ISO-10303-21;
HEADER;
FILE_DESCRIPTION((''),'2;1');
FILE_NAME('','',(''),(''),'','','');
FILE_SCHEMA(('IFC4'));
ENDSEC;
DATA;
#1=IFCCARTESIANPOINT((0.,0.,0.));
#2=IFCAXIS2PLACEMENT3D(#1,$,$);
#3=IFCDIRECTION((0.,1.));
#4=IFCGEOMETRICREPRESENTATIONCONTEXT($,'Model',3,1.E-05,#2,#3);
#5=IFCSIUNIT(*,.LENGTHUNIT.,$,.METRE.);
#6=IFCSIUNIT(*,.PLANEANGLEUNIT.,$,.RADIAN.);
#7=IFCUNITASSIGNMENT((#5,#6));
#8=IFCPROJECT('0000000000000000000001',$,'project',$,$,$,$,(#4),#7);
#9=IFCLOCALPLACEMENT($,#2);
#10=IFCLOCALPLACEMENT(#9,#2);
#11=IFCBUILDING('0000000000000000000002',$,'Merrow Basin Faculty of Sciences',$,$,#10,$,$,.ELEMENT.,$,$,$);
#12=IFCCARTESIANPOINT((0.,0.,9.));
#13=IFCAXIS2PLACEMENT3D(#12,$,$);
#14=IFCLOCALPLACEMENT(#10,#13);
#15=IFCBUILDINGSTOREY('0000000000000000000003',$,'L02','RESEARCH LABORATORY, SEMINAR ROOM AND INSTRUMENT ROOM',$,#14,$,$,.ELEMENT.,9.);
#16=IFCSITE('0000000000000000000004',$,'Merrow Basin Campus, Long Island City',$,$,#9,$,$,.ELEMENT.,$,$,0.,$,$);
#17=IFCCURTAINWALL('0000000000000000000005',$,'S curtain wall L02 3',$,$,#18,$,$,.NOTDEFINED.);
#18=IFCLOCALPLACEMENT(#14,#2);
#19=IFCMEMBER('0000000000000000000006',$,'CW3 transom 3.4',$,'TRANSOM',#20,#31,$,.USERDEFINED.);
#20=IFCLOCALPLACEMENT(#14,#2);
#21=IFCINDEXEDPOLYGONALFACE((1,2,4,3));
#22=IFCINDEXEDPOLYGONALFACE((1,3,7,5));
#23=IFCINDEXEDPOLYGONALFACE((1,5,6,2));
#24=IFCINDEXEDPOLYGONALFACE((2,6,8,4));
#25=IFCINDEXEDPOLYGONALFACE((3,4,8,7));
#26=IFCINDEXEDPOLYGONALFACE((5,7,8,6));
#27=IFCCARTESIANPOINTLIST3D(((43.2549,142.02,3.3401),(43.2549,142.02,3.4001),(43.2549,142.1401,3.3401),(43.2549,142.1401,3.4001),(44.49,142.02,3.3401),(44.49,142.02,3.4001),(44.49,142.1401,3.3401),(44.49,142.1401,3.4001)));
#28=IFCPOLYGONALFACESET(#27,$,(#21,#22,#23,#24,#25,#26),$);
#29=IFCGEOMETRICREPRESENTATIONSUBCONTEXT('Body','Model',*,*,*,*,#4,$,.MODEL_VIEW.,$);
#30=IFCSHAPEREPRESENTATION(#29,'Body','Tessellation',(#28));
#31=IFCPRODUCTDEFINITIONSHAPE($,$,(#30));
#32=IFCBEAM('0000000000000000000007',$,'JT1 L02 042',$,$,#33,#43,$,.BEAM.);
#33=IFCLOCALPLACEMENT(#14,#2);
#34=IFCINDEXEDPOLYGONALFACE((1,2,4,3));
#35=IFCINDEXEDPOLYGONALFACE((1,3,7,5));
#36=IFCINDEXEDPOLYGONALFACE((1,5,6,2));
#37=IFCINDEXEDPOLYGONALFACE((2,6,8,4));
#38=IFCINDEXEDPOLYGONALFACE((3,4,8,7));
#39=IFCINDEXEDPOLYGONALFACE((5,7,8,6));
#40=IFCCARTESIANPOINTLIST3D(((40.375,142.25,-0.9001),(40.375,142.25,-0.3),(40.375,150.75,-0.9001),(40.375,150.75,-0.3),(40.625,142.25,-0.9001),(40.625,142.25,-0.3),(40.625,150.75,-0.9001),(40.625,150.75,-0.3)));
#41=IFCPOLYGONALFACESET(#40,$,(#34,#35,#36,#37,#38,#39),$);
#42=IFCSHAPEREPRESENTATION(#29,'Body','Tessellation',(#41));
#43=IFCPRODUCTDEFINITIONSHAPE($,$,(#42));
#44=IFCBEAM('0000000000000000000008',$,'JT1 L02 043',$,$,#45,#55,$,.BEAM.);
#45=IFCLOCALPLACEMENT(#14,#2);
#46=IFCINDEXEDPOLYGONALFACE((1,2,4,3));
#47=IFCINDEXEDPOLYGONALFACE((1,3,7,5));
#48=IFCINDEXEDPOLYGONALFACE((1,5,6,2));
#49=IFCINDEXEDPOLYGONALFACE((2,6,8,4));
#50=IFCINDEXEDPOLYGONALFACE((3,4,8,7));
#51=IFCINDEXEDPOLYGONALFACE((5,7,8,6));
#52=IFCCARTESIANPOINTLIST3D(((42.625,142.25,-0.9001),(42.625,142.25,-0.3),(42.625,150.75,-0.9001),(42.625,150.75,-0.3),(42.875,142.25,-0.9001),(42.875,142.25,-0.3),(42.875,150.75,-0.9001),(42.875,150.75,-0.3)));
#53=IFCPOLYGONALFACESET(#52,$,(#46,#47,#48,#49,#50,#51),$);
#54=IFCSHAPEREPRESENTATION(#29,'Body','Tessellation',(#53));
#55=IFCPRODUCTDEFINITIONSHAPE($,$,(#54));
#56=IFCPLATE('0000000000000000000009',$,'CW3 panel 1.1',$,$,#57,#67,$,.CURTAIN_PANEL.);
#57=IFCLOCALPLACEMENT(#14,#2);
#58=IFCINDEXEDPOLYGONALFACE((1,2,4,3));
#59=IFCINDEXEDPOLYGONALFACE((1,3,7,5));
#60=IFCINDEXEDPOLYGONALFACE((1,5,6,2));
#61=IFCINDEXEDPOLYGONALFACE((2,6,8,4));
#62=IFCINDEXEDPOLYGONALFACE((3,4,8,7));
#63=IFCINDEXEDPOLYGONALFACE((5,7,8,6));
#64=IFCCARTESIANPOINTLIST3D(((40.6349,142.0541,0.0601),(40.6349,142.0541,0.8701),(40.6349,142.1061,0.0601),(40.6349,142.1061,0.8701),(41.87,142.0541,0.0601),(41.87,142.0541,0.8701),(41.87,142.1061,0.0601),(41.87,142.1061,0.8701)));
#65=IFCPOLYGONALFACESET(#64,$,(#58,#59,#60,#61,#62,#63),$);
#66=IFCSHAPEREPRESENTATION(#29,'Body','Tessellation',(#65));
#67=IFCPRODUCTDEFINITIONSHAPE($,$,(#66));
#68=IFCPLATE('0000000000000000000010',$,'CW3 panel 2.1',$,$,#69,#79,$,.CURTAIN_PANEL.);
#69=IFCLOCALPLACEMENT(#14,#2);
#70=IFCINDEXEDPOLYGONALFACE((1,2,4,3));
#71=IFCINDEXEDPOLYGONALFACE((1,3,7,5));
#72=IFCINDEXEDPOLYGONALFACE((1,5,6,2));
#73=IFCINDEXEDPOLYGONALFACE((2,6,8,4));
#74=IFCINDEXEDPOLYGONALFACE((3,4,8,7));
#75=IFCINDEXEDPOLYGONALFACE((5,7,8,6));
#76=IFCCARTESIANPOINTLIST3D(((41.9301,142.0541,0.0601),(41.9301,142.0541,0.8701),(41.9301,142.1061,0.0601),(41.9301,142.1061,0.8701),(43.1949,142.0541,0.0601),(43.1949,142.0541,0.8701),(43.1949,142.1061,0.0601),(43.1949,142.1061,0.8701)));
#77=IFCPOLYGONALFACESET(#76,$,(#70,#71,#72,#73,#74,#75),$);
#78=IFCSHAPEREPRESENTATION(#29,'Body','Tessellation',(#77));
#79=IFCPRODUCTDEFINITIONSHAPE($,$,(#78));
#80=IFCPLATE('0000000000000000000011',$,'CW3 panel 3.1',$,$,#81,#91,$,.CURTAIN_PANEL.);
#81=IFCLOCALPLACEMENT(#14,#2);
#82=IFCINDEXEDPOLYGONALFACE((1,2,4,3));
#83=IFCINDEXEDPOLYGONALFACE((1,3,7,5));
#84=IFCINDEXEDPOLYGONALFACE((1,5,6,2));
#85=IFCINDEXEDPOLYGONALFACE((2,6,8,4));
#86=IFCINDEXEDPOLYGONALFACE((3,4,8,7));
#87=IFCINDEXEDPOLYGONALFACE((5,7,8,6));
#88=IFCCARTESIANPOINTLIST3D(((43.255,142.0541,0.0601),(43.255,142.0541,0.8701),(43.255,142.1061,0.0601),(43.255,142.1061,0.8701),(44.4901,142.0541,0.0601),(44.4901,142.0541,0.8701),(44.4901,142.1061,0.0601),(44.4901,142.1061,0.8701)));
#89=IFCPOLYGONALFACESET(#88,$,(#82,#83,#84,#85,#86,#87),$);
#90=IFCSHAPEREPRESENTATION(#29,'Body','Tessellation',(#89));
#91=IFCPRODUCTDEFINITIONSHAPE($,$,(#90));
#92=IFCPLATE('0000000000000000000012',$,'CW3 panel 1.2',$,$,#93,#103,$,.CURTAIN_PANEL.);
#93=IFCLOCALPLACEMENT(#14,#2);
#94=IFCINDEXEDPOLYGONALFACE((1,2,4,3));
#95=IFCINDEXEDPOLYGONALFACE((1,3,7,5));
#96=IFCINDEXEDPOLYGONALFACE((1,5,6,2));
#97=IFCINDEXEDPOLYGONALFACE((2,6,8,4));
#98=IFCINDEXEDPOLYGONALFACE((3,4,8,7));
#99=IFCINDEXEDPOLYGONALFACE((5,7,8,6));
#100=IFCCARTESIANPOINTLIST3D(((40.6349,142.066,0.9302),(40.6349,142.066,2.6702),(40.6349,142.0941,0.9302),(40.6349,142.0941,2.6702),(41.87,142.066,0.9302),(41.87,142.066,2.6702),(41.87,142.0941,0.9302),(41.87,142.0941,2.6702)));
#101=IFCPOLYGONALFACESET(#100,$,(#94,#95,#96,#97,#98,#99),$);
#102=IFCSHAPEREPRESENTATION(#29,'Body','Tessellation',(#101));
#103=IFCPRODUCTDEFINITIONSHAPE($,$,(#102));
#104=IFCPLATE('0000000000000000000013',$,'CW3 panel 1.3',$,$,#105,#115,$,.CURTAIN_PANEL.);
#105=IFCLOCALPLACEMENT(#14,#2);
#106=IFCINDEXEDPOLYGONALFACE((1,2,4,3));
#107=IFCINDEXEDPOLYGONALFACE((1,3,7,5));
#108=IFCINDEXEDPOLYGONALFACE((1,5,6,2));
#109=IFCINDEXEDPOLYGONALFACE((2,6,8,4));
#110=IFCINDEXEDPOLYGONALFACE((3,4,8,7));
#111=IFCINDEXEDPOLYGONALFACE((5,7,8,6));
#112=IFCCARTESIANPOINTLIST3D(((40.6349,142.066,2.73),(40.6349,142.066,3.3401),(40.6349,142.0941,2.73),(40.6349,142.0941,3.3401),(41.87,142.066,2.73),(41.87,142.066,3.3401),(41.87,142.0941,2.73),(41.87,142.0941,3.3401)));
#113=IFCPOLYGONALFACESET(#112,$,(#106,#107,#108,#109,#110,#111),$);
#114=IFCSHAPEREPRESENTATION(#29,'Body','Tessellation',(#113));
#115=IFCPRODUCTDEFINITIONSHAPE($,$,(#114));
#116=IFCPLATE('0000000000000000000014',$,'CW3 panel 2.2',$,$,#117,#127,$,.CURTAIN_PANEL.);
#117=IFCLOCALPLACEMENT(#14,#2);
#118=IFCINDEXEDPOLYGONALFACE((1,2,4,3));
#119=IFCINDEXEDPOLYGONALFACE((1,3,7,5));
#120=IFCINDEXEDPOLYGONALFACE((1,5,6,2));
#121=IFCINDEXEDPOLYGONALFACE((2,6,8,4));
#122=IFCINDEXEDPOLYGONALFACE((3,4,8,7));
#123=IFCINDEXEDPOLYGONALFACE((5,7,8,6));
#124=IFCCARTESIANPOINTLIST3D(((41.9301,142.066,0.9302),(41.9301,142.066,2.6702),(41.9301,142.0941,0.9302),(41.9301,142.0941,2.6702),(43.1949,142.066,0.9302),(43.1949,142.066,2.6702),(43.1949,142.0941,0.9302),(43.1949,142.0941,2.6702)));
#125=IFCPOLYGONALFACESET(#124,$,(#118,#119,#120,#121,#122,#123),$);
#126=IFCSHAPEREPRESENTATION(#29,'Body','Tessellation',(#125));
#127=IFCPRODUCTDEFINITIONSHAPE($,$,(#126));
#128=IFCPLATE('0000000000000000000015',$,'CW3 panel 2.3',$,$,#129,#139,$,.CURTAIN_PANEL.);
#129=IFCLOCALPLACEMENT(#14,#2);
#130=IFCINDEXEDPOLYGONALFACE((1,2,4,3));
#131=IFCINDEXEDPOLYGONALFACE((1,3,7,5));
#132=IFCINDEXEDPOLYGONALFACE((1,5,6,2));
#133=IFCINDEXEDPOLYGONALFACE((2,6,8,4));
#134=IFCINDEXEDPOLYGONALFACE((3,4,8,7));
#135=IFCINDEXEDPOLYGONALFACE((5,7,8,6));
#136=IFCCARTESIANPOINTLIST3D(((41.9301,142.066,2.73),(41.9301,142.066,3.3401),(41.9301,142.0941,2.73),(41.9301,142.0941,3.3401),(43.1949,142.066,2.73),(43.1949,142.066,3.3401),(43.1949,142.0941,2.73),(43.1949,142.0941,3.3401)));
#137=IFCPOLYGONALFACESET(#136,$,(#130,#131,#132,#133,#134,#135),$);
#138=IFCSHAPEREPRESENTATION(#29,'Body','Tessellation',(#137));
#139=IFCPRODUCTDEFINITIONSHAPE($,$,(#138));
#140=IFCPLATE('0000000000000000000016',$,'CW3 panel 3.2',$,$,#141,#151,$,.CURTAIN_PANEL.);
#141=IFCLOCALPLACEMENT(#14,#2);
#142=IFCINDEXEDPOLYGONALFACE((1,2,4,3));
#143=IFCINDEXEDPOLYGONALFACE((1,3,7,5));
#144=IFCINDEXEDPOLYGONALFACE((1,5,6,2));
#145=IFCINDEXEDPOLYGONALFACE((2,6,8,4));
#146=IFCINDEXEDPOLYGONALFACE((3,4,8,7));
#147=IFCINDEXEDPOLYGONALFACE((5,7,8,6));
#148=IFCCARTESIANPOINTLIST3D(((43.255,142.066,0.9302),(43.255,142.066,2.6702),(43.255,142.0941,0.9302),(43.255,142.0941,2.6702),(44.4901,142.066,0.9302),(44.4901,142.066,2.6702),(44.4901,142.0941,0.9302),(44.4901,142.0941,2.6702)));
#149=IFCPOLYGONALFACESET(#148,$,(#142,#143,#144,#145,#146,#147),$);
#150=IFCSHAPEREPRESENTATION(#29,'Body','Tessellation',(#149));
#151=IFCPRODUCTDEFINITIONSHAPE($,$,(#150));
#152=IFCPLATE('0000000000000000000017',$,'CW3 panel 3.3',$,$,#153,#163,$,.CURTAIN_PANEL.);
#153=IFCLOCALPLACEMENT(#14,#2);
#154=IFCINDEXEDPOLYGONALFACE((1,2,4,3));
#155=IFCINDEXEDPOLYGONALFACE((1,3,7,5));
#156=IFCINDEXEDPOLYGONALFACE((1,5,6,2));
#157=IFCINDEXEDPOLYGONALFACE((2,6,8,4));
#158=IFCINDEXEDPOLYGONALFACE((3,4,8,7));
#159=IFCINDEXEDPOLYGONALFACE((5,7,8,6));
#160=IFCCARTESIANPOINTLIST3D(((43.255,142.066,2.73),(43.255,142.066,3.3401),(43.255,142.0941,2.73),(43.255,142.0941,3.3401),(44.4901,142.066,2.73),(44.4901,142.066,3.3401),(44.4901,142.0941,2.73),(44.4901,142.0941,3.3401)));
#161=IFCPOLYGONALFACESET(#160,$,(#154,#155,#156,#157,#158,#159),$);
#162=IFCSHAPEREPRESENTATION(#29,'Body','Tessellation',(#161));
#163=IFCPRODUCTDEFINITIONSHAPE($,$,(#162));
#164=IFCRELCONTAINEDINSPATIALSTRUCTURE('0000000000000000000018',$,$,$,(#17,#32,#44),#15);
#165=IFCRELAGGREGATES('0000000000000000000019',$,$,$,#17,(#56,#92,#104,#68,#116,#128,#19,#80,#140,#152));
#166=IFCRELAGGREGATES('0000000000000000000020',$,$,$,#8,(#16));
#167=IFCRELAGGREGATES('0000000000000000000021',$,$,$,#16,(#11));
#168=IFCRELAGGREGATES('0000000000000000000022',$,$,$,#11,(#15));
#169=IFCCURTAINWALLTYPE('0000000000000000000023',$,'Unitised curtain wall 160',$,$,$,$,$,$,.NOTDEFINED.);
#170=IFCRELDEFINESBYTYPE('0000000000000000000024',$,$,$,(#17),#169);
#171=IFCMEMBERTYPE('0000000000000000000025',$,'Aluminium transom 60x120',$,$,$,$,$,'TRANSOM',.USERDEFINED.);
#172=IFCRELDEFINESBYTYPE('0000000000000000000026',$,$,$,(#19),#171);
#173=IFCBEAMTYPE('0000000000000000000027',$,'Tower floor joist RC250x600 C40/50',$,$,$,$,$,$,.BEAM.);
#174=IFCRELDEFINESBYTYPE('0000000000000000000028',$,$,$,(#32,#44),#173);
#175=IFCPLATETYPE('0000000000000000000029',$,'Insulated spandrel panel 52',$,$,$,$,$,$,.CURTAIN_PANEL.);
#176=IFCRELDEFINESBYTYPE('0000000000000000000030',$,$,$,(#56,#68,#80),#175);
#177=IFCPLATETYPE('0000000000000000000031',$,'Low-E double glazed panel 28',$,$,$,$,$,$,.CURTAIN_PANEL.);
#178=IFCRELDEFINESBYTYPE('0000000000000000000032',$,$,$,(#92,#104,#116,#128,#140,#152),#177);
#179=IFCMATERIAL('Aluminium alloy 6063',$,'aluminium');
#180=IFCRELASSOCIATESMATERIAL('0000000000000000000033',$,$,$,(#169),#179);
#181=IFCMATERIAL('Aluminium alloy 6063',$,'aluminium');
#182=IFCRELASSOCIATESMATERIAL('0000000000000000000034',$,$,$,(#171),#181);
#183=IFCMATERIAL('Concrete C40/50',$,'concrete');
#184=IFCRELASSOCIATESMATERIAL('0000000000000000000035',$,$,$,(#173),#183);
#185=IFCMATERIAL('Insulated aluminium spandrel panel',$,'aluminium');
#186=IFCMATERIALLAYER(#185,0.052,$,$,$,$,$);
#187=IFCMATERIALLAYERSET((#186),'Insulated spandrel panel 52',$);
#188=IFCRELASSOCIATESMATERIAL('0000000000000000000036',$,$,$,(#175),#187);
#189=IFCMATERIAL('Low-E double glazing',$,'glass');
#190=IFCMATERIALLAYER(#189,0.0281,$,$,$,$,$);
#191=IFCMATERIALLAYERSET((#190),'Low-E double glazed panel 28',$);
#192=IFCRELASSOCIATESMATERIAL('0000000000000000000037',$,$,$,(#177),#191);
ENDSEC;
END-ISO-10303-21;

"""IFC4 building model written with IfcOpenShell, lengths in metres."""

from ifc_helpers import new_model, si_unit, direction, frame, origin, origin_2d, place, context, subcontext, project, spatial, rectangle, extrude, material, layer, layer_set, material_profile, profile_set, type_object, element, aggregate, save


model = new_model("IFC4")

# Units and contexts
model_context = context("Model", 3, precision=1e-05, world=origin(), true_north=direction((0.0, 1.0)))
body_context = subcontext(model_context, "Body", "Model", "MODEL_VIEW")
ifc_project = project(units=[si_unit("LENGTHUNIT", "METRE"), si_unit("PLANEANGLEUNIT", "RADIAN")], contexts=[model_context])

# Site, building, storey
site_placement = place(None, origin())
site = spatial("IfcSite", under=ifc_project, at=site_placement, Name="Merrow Basin Campus, Long Island City", CompositionType="ELEMENT", RefElevation=0.0)
building_placement = place(site_placement, origin())
building = spatial("IfcBuilding", under=site, at=building_placement, Name="Merrow Basin Faculty of Sciences", CompositionType="ELEMENT")
storey_placement = place(building_placement, frame((0.0, 0.0, 9.0)))
storey = spatial("IfcBuildingStorey", under=building, at=storey_placement, Name="L02", Description="RESEARCH LABORATORY, SEMINAR ROOM AND INSTRUMENT ROOM", CompositionType="ELEMENT", Elevation=9.0)

# Curtain wall, member
ifc_material_1 = material(Name="Aluminium alloy 6063", Category="aluminium")
curtain_wall_type = type_object("IfcCurtainWallType", Name="Unitised curtain wall 160", PredefinedType="NOTDEFINED", material=ifc_material_1)
curtain_wall_placement = place(storey_placement, origin())
curtain_wall = element("IfcCurtainWall", 1, at=curtain_wall_placement, inside=storey, type_object=curtain_wall_type, Name="S curtain wall L02 3", PredefinedType="NOTDEFINED")
ifc_material_2 = material(Name="Aluminium alloy 6063", Category="aluminium")
ifc_material_profile_1 = material_profile(ifc_material_2, rectangle(XDim=0.1201, YDim=0.0601, at=origin_2d()))
ifc_profile_set_1 = profile_set([ifc_material_profile_1], Name="Aluminium alloy 6063")
member_type_1 = type_object("IfcMemberType", Name="Aluminium transom 60x120", ElementType="TRANSOM", PredefinedType="USERDEFINED", material=ifc_profile_set_1)
member_1_placement = place(storey_placement, frame((43.2549, 142.0801, 3.3701), z_axis=(1.0, 0.0, 0.0), x_axis=(0.0, 1.0, 0.0)))
member_1 = element("IfcMember", 2, at=member_1_placement, type_object=member_type_1, Name="CW3 transom 3.4", ObjectType="TRANSOM", PredefinedType="USERDEFINED", context=body_context, shape_type="SweptSolid", body=[
    extrude(rectangle(XDim=0.1201, YDim=0.0601, at=origin_2d()), origin(), (0.0, 0.0, 1.0), 1.2351),
])

# Beams
ifc_material_3 = material(Name="Concrete C40/50", Category="concrete")
ifc_material_profile_2 = material_profile(ifc_material_3, rectangle(XDim=0.25, YDim=0.6001, at=origin_2d()))
ifc_profile_set_2 = profile_set([ifc_material_profile_2], Name="Concrete C40/50")
beam_type = type_object("IfcBeamType", Name="Tower floor joist RC250x600 C40/50", PredefinedType="BEAM", material=ifc_profile_set_2)
for number, where, z_axis, x_axis, name in (
    (3, (40.5, 142.25, -0.6001), (0.0, 1.0, 0.0), (-1.0, 0.0, 0.0), "JT1 L02 042"),
    (4, (42.75, 142.25, -0.6001), (0.0, 1.0, 0.0), (-1.0, 0.0, 0.0), "JT1 L02 043"),
):
    element("IfcBeam", number, at=place(storey_placement, frame(where, z_axis=z_axis, x_axis=x_axis)), inside=storey, type_object=beam_type, Name=name, PredefinedType="BEAM", context=body_context, shape_type="SweptSolid", body=[
        extrude(rectangle(XDim=0.25, YDim=0.6001, at=origin_2d()), origin(), (0.0, 0.0, 1.0), 8.5),
    ])

# Plates
ifc_material_4 = material(Name="Insulated aluminium spandrel panel", Category="aluminium")
ifc_layer_1 = layer(ifc_material_4, 0.052)
ifc_layer_set_1 = layer_set([ifc_layer_1], Name="Insulated spandrel panel 52")
plate_type_1 = type_object("IfcPlateType", Name="Insulated spandrel panel 52", PredefinedType="CURTAIN_PANEL", material=ifc_layer_set_1)
plate_1_placement = place(storey_placement, frame((41.2524, 142.0801, 0.0601), z_axis=(0.0, 0.0, 1.0), x_axis=(1.0, 0.0, 0.0)))
plate_1 = element("IfcPlate", 5, at=plate_1_placement, type_object=plate_type_1, Name="CW3 panel 1.1", PredefinedType="CURTAIN_PANEL", context=body_context, shape_type="SweptSolid", body=[
    extrude(rectangle(XDim=1.2351, YDim=0.052, at=origin_2d()), origin(), (0.0, 0.0, 1.0), 0.8101),
])
plate_2_placement = place(storey_placement, frame((42.5625, 142.0801, 0.0601), z_axis=(0.0, 0.0, 1.0), x_axis=(1.0, 0.0, 0.0)))
plate_2 = element("IfcPlate", 6, at=plate_2_placement, type_object=plate_type_1, Name="CW3 panel 2.1", PredefinedType="CURTAIN_PANEL", context=body_context, shape_type="SweptSolid", body=[
    extrude(rectangle(XDim=1.2649, YDim=0.052, at=origin_2d()), origin(), (0.0, 0.0, 1.0), 0.8101),
])
plate_3_placement = place(storey_placement, frame((43.8726, 142.0801, 0.0601), z_axis=(0.0, 0.0, 1.0), x_axis=(1.0, 0.0, 0.0)))
plate_3 = element("IfcPlate", 7, at=plate_3_placement, type_object=plate_type_1, Name="CW3 panel 3.1", PredefinedType="CURTAIN_PANEL", context=body_context, shape_type="SweptSolid", body=[
    extrude(rectangle(XDim=1.2351, YDim=0.052, at=origin_2d()), origin(), (0.0, 0.0, 1.0), 0.8101),
])
ifc_material_5 = material(Name="Low-E double glazing", Category="glass")
ifc_layer_2 = layer(ifc_material_5, 0.0281)
ifc_layer_set_2 = layer_set([ifc_layer_2], Name="Low-E double glazed panel 28")
plate_type_2 = type_object("IfcPlateType", Name="Low-E double glazed panel 28", PredefinedType="CURTAIN_PANEL", material=ifc_layer_set_2)
plate_4_placement = place(storey_placement, frame((41.2524, 142.0801, 0.9302), z_axis=(0.0, 0.0, 1.0), x_axis=(1.0, 0.0, 0.0)))
plate_4 = element("IfcPlate", 8, at=plate_4_placement, type_object=plate_type_2, Name="CW3 panel 1.2", PredefinedType="CURTAIN_PANEL", context=body_context, shape_type="SweptSolid", body=[
    extrude(rectangle(XDim=1.2351, YDim=0.0281, at=origin_2d()), origin(), (0.0, 0.0, 1.0), 1.74),
])
plate_5_placement = place(storey_placement, frame((41.2524, 142.0801, 2.73), z_axis=(0.0, 0.0, 1.0), x_axis=(1.0, 0.0, 0.0)))
plate_5 = element("IfcPlate", 9, at=plate_5_placement, type_object=plate_type_2, Name="CW3 panel 1.3", PredefinedType="CURTAIN_PANEL", context=body_context, shape_type="SweptSolid", body=[
    extrude(rectangle(XDim=1.2351, YDim=0.0281, at=origin_2d()), origin(), (0.0, 0.0, 1.0), 0.6101),
])
plate_6_placement = place(storey_placement, frame((42.5625, 142.0801, 0.9302), z_axis=(0.0, 0.0, 1.0), x_axis=(1.0, 0.0, 0.0)))
plate_6 = element("IfcPlate", 10, at=plate_6_placement, type_object=plate_type_2, Name="CW3 panel 2.2", PredefinedType="CURTAIN_PANEL", context=body_context, shape_type="SweptSolid", body=[
    extrude(rectangle(XDim=1.2649, YDim=0.0281, at=origin_2d()), origin(), (0.0, 0.0, 1.0), 1.74),
])
plate_7_placement = place(storey_placement, frame((42.5625, 142.0801, 2.73), z_axis=(0.0, 0.0, 1.0), x_axis=(1.0, 0.0, 0.0)))
plate_7 = element("IfcPlate", 11, at=plate_7_placement, type_object=plate_type_2, Name="CW3 panel 2.3", PredefinedType="CURTAIN_PANEL", context=body_context, shape_type="SweptSolid", body=[
    extrude(rectangle(XDim=1.2649, YDim=0.0281, at=origin_2d()), origin(), (0.0, 0.0, 1.0), 0.6101),
])
plate_8_placement = place(storey_placement, frame((43.8726, 142.0801, 0.9302), z_axis=(0.0, 0.0, 1.0), x_axis=(1.0, 0.0, 0.0)))
plate_8 = element("IfcPlate", 12, at=plate_8_placement, type_object=plate_type_2, Name="CW3 panel 3.2", PredefinedType="CURTAIN_PANEL", context=body_context, shape_type="SweptSolid", body=[
    extrude(rectangle(XDim=1.2351, YDim=0.0281, at=origin_2d()), origin(), (0.0, 0.0, 1.0), 1.74),
])
plate_9_placement = place(storey_placement, frame((43.8726, 142.0801, 2.73), z_axis=(0.0, 0.0, 1.0), x_axis=(1.0, 0.0, 0.0)))
plate_9 = element("IfcPlate", 13, at=plate_9_placement, type_object=plate_type_2, Name="CW3 panel 3.3", PredefinedType="CURTAIN_PANEL", context=body_context, shape_type="SweptSolid", body=[
    extrude(rectangle(XDim=1.2351, YDim=0.0281, at=origin_2d()), origin(), (0.0, 0.0, 1.0), 0.6101),
])
aggregate(curtain_wall, [plate_1, plate_4, plate_5, plate_2, plate_6, plate_7, member_1, plate_3, plate_8, plate_9])

save(model, "model.ifc")
